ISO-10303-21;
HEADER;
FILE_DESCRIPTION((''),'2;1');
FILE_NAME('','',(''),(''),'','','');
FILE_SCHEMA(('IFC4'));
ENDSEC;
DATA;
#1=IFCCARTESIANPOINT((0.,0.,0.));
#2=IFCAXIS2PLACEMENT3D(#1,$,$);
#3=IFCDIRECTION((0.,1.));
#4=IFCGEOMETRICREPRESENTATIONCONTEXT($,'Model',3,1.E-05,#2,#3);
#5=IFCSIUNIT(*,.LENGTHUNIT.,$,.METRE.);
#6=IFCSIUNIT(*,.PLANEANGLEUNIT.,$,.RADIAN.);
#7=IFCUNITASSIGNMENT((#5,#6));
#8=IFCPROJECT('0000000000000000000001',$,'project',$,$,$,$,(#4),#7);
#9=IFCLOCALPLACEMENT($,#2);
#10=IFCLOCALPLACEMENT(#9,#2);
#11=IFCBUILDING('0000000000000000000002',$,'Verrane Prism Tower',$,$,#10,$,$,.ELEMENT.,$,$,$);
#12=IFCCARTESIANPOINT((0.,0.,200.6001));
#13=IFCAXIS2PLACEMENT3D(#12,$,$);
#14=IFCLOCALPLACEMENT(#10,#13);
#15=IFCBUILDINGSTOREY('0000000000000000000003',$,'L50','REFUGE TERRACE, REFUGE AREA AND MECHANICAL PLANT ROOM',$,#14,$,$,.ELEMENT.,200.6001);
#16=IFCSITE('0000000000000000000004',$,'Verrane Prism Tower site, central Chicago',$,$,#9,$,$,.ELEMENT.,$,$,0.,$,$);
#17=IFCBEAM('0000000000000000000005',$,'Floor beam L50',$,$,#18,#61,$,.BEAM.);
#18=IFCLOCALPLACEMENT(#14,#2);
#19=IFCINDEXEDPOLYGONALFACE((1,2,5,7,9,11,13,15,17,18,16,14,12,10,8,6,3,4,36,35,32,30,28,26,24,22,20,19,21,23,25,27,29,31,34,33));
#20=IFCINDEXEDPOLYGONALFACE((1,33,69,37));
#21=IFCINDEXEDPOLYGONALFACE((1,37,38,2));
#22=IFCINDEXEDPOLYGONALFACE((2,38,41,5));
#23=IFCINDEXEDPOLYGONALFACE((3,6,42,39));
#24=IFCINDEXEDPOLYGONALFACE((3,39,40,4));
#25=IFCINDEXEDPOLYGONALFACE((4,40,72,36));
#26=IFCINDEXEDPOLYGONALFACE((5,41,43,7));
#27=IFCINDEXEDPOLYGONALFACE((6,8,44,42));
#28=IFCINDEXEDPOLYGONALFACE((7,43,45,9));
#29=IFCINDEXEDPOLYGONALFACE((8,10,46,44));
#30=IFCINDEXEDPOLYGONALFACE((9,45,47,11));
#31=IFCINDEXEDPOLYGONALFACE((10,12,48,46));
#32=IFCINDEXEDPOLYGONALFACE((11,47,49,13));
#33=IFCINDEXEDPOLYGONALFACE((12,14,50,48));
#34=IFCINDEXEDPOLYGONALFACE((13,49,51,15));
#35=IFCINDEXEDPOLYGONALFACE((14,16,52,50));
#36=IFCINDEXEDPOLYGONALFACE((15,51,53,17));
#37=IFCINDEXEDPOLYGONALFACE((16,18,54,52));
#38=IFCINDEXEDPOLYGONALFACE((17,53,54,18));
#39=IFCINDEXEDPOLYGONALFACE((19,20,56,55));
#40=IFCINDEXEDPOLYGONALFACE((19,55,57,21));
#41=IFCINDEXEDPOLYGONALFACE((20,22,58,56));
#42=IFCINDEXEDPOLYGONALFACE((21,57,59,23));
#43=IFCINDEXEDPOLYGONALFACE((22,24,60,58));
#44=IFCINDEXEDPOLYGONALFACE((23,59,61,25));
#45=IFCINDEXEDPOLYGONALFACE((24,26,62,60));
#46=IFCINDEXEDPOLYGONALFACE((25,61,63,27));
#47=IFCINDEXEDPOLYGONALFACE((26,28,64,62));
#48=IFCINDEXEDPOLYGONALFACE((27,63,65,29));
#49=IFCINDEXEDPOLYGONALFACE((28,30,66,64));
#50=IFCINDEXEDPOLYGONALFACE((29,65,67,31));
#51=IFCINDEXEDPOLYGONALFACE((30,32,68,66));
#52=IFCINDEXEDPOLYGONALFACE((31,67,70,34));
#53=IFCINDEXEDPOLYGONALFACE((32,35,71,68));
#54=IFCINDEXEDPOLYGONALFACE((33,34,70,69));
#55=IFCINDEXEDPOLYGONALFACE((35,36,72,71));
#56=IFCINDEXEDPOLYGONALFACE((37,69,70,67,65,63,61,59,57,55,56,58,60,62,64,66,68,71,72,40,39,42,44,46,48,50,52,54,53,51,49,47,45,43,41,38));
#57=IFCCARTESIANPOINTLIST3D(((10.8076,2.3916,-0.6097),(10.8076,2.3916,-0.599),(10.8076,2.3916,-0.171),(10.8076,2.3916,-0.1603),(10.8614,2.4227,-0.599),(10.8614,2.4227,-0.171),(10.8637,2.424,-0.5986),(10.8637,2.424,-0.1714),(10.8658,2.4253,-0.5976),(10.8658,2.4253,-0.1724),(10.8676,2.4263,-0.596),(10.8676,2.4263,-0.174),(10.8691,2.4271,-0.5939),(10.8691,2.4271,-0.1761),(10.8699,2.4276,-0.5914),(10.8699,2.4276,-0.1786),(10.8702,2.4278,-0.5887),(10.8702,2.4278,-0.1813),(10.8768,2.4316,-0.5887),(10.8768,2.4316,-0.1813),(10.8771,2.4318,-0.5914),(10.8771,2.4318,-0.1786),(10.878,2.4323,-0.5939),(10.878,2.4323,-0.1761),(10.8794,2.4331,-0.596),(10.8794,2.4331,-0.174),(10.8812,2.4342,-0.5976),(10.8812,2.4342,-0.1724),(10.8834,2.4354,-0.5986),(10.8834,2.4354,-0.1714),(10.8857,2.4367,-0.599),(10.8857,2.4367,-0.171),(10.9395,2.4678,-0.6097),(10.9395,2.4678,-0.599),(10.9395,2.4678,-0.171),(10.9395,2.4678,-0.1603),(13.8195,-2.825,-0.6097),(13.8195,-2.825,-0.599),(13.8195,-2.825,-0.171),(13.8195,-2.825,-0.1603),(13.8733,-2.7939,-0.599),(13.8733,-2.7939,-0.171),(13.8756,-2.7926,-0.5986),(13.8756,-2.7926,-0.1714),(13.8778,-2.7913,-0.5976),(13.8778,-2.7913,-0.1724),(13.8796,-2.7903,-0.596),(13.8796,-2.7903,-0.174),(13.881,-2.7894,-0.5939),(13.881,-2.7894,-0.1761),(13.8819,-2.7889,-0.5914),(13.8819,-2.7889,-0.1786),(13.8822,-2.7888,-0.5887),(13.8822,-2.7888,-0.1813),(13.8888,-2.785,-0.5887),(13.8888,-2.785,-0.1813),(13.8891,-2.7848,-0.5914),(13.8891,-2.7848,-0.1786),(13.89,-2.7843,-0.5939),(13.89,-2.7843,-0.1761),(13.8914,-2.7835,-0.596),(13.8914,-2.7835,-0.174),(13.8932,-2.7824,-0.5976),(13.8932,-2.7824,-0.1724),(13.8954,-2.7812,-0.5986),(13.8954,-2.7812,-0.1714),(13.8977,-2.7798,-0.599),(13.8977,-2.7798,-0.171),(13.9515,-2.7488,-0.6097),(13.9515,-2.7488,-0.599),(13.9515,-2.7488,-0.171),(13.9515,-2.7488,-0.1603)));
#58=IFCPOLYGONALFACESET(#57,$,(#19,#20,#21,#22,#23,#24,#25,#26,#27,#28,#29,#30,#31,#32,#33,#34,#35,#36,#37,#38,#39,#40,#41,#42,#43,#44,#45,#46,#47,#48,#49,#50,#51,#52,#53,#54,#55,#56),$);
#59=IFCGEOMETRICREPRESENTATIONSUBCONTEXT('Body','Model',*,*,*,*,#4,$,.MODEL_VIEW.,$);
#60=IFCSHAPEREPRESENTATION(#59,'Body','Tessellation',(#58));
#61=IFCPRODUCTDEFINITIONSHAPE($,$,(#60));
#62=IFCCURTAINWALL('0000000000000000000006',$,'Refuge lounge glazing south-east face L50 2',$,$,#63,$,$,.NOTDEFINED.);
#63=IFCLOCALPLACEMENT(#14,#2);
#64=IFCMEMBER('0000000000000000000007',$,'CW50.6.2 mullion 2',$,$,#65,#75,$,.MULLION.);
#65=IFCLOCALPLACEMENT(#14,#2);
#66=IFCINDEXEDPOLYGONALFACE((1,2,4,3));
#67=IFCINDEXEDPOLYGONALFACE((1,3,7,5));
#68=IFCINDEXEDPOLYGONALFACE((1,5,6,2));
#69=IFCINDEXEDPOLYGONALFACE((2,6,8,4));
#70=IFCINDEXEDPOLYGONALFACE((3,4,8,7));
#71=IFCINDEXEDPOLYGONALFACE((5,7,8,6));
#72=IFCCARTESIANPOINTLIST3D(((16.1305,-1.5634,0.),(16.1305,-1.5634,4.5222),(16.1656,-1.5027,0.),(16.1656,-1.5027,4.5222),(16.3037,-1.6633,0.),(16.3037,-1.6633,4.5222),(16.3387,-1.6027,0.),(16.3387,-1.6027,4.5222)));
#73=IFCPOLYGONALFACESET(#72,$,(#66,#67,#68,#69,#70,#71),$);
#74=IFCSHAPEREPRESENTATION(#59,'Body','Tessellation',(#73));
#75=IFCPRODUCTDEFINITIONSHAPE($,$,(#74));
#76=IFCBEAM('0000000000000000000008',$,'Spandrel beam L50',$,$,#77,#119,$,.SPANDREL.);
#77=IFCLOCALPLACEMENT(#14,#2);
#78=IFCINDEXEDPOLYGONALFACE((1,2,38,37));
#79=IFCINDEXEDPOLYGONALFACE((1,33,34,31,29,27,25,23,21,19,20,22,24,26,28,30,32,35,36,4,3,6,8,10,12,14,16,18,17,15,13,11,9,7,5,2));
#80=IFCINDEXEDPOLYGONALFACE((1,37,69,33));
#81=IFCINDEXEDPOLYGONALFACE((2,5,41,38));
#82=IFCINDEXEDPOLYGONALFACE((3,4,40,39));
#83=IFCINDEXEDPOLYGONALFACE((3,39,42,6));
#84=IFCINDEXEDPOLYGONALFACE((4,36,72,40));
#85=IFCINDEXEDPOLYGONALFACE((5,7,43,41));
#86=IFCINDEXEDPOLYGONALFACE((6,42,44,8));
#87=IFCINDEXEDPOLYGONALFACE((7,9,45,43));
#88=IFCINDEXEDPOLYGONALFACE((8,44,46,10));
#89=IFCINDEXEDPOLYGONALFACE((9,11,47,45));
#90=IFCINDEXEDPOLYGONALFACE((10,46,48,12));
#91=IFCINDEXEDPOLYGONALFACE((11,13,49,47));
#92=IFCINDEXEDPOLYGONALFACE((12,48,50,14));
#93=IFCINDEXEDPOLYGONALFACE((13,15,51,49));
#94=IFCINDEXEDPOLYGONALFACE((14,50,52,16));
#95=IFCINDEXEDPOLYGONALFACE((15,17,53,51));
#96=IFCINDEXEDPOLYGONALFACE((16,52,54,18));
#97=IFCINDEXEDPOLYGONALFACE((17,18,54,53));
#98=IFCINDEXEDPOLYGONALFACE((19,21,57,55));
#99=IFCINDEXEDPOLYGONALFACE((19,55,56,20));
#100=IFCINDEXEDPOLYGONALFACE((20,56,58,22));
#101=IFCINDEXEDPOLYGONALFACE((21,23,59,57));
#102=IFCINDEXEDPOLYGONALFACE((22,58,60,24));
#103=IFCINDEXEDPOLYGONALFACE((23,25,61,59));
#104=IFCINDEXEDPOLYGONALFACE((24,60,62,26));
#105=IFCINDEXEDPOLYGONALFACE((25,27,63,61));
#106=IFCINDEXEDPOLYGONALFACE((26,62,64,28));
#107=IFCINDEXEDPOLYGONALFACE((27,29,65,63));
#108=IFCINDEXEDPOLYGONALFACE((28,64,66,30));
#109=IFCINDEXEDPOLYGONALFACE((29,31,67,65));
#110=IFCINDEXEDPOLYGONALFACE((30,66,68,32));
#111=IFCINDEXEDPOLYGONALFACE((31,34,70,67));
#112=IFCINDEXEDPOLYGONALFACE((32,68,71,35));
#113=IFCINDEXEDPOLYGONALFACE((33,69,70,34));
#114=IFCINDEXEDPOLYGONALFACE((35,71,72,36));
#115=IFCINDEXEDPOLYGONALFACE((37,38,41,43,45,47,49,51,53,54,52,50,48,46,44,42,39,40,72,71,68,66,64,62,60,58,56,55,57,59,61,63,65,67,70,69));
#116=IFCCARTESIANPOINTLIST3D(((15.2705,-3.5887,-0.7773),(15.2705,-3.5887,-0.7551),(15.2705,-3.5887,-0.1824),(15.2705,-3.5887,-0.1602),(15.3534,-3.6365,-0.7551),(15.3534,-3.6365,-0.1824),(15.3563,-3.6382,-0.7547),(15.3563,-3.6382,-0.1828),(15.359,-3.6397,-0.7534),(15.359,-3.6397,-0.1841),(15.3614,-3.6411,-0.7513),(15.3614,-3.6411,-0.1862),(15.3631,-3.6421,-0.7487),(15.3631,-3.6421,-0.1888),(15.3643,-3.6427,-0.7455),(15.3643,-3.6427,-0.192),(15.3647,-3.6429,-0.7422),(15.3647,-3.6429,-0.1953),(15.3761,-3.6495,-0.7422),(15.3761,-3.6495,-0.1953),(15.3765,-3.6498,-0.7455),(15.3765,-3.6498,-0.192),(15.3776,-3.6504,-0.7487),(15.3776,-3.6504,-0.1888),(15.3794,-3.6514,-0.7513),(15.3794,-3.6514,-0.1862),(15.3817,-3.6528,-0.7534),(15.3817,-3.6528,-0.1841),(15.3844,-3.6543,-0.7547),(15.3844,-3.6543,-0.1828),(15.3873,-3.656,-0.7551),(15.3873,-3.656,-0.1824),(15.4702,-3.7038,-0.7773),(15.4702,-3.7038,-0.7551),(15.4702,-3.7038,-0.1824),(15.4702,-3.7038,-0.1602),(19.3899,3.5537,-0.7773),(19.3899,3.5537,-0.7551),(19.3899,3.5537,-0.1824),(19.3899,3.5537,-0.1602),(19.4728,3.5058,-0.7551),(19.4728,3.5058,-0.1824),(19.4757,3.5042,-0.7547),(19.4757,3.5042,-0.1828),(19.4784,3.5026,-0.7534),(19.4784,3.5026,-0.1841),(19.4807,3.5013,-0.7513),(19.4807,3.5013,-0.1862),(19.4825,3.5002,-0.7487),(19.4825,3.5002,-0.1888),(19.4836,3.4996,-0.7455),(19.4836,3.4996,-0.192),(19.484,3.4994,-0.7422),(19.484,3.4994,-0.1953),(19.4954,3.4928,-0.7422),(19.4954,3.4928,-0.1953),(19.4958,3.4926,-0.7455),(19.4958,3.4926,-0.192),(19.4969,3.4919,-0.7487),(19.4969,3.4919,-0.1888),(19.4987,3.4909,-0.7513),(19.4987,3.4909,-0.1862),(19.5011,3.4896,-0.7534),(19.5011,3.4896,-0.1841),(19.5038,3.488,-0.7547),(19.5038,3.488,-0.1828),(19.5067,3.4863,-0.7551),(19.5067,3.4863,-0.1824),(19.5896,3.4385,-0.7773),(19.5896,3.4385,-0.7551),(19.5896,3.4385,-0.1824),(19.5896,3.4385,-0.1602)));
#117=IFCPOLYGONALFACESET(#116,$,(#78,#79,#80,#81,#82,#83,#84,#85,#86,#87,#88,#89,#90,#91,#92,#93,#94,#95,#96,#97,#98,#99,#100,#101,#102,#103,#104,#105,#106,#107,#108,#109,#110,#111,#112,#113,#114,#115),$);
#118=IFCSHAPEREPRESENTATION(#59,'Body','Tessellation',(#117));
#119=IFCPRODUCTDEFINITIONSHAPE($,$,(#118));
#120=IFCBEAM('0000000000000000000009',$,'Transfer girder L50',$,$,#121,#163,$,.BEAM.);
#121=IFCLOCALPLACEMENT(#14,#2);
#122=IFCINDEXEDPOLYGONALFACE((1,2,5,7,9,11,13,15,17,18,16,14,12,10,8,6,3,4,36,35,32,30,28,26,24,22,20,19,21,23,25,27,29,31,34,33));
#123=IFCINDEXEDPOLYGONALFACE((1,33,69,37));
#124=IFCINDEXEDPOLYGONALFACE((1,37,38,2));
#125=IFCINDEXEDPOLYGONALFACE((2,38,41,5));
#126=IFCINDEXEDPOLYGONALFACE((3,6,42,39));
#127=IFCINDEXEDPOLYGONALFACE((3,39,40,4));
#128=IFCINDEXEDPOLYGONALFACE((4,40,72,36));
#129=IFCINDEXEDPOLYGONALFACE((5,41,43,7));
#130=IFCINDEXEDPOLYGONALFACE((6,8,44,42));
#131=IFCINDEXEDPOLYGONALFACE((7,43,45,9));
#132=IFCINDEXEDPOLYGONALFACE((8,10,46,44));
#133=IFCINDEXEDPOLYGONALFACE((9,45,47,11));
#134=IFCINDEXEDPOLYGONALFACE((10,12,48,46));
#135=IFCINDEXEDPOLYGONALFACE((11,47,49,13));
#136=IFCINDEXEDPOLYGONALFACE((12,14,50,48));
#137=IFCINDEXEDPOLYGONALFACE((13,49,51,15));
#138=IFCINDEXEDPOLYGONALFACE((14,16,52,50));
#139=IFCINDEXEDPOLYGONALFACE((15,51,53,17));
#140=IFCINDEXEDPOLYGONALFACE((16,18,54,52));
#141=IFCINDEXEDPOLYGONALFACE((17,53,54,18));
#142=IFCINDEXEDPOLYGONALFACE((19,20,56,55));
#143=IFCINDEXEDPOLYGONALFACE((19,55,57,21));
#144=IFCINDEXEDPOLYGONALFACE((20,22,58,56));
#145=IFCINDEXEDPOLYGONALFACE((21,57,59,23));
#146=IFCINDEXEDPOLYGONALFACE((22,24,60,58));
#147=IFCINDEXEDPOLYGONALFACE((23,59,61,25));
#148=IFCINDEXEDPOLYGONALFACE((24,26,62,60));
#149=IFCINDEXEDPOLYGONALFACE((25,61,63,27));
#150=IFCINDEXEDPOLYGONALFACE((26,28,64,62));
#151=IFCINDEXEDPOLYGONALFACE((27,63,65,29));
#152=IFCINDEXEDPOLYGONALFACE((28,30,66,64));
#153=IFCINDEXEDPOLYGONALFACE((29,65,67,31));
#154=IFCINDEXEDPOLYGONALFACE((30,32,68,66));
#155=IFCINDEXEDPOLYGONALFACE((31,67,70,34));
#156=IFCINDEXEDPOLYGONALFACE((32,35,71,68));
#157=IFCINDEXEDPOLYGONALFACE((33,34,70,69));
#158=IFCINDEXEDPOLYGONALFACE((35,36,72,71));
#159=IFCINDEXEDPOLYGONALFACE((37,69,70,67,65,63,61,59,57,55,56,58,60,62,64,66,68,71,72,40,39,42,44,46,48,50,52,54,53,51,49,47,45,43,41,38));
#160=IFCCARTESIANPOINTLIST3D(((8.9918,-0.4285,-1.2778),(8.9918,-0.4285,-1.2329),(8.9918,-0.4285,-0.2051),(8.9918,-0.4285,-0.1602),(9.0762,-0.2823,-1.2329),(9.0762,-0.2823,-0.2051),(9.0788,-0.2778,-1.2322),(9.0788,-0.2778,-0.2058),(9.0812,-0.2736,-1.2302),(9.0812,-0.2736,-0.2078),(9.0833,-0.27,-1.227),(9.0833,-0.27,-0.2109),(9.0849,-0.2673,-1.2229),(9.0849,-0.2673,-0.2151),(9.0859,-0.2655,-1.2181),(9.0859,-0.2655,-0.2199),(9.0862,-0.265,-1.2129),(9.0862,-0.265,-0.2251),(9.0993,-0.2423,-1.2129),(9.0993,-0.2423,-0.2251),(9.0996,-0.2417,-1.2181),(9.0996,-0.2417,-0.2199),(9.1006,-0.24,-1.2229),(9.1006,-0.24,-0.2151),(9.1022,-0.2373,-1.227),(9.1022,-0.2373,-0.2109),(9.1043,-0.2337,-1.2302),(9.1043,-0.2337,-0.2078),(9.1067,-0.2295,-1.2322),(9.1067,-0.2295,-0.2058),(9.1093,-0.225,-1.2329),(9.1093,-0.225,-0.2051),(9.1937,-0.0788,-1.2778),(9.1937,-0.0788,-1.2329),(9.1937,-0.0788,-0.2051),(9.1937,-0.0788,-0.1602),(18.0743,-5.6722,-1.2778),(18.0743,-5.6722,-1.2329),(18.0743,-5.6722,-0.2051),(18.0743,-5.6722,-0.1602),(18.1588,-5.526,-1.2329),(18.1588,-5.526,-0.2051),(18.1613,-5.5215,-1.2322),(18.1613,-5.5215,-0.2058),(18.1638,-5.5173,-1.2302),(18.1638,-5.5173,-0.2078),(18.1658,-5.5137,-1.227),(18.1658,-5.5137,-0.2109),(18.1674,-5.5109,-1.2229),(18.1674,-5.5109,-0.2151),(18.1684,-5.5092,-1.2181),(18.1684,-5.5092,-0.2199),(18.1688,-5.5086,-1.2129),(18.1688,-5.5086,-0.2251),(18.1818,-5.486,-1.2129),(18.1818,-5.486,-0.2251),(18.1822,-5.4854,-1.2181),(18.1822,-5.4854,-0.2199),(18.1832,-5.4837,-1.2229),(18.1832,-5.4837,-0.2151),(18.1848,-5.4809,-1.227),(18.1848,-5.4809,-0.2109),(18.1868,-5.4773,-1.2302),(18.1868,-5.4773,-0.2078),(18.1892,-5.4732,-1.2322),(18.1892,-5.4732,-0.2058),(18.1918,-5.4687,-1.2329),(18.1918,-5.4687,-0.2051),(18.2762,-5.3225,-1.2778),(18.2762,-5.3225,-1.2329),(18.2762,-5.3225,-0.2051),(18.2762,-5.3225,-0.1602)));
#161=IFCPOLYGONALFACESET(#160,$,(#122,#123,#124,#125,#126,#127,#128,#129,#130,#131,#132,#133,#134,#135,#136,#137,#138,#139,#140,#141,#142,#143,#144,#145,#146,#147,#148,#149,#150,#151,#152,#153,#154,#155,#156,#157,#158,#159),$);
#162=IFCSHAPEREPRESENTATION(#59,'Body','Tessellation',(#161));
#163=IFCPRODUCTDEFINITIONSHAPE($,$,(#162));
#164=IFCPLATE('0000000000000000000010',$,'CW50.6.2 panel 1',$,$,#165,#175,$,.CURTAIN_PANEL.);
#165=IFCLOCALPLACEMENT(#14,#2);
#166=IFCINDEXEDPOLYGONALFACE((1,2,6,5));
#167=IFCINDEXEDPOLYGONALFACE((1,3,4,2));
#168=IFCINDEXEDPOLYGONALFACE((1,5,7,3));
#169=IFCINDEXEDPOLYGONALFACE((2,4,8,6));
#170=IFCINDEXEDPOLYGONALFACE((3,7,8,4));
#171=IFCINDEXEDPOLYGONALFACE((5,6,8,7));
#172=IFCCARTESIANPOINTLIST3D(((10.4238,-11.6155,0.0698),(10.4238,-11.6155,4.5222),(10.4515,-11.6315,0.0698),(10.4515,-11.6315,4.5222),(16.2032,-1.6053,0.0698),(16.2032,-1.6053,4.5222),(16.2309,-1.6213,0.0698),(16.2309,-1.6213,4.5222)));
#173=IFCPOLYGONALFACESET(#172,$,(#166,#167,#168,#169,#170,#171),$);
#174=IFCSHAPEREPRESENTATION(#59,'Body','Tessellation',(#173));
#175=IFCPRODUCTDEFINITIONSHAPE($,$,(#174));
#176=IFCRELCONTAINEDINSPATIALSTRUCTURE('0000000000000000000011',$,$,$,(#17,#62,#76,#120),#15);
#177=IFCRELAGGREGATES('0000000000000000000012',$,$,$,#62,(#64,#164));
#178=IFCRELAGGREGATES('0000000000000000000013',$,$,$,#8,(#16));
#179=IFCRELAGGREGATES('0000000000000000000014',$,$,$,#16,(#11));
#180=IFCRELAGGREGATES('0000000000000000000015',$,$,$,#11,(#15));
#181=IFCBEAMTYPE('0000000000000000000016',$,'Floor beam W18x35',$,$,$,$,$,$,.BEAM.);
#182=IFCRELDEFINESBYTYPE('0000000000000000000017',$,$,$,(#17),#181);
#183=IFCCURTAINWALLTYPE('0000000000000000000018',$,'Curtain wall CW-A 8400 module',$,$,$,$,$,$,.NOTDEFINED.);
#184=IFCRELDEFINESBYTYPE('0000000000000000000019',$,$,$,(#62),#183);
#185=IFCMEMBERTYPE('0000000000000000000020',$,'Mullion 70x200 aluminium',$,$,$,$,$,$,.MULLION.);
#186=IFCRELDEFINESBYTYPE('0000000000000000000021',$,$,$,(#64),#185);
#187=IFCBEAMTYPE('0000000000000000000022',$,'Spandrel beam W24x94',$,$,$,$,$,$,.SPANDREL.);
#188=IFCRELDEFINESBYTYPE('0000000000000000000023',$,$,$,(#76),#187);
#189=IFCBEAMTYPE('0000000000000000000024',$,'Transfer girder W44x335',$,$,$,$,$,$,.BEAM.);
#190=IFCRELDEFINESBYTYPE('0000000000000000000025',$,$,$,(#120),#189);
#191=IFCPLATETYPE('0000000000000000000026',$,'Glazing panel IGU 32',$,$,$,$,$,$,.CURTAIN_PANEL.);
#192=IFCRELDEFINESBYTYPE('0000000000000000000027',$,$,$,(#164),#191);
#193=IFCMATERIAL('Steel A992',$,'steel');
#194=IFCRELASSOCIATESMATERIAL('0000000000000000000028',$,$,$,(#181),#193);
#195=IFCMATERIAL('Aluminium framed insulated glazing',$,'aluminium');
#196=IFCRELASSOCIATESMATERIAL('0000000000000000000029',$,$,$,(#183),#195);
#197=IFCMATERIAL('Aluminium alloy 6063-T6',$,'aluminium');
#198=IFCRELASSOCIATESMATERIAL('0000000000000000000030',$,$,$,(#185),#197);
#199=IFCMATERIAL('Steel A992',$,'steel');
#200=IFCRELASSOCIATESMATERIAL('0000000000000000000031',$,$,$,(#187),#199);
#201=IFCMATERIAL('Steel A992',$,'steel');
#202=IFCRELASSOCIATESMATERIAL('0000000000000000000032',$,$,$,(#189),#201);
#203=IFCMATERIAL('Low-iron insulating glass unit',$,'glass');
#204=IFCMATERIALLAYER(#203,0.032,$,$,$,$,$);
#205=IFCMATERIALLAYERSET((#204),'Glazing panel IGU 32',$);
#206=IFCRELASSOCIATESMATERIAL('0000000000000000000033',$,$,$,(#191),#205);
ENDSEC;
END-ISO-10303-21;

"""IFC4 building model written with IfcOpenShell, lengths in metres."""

from ifc_helpers import new_model, si_unit, direction, frame, origin, origin_2d, place, context, subcontext, project, spatial, rectangle, i_section, extrude, material, layer, layer_set, material_profile, profile_set, type_object, element, aggregate, save


model = new_model("IFC4")

# Units and contexts
model_context = context("Model", 3, precision=1e-05, world=origin(), true_north=direction((0.0, 1.0)))
body_context = subcontext(model_context, "Body", "Model", "MODEL_VIEW")
ifc_project = project(units=[si_unit("LENGTHUNIT", "METRE"), si_unit("PLANEANGLEUNIT", "RADIAN")], contexts=[model_context])

# Site, building, storey
site_placement = place(None, origin())
site = spatial("IfcSite", under=ifc_project, at=site_placement, Name="Verrane Prism Tower site, central Chicago", CompositionType="ELEMENT", RefElevation=0.0)
building_placement = place(site_placement, origin())
building = spatial("IfcBuilding", under=site, at=building_placement, Name="Verrane Prism Tower", CompositionType="ELEMENT")
storey_placement = place(building_placement, frame((0.0, 0.0, 200.6001)))
storey = spatial("IfcBuildingStorey", under=building, at=storey_placement, Name="L50", Description="REFUGE TERRACE, REFUGE AREA AND MECHANICAL PLANT ROOM", CompositionType="ELEMENT", Elevation=200.6001)

# Beam
ifc_material_1 = material(Name="Steel A992", Category="steel")
ifc_material_profile_1 = material_profile(ifc_material_1, i_section(OverallWidth=0.1523, OverallDepth=0.4495, WebThickness=0.0076, FlangeThickness=0.0107, FilletRadius=0.0103, at=origin_2d()), Name="W18x35")
ifc_profile_set_1 = profile_set([ifc_material_profile_1], Name="Steel A992")
beam_type_1 = type_object("IfcBeamType", Name="Floor beam W18x35", PredefinedType="BEAM", material=ifc_profile_set_1)
beam_1_placement = place(storey_placement, frame((13.8855, -2.7869, -0.385), z_axis=(-0.500023, 0.866012, 0.0), x_axis=(-0.866012, -0.500023, 0.0)))
element("IfcBeam", 1, at=beam_1_placement, inside=storey, type_object=beam_type_1, Name="Floor beam L50", PredefinedType="BEAM", context=body_context, shape_type="SweptSolid", body=[
    extrude(i_section(OverallWidth=0.1523, OverallDepth=0.4495, WebThickness=0.0076, FlangeThickness=0.0107, FilletRadius=0.0103, at=origin_2d()), origin(), (0.0, 0.0, 1.0), 6.0237),
])

# Curtain wall, member
ifc_material_2 = material(Name="Aluminium framed insulated glazing", Category="aluminium")
curtain_wall_type = type_object("IfcCurtainWallType", Name="Curtain wall CW-A 8400 module", PredefinedType="NOTDEFINED", material=ifc_material_2)
curtain_wall_placement = place(storey_placement, origin())
curtain_wall = element("IfcCurtainWall", 2, at=curtain_wall_placement, inside=storey, type_object=curtain_wall_type, Name="Refuge lounge glazing south-east face L50 2", PredefinedType="NOTDEFINED")
ifc_material_3 = material(Name="Aluminium alloy 6063-T6", Category="aluminium")
ifc_material_profile_2 = material_profile(ifc_material_3, rectangle(XDim=0.2, YDim=0.0701, at=origin_2d()), Name="Mullion 70x200 aluminium")
ifc_profile_set_2 = profile_set([ifc_material_profile_2], Name="Aluminium alloy 6063-T6")
member_type_1 = type_object("IfcMemberType", Name="Mullion 70x200 aluminium", PredefinedType="MULLION", material=ifc_profile_set_2)
member_1_placement = place(storey_placement, frame((16.2346, -1.583, 0.0), z_axis=(0.0, 0.0, 1.0), x_axis=(-0.866026, 0.499998, 0.0)))
member_1 = element("IfcMember", 3, at=member_1_placement, type_object=member_type_1, Name="CW50.6.2 mullion 2", PredefinedType="MULLION", context=body_context, shape_type="SweptSolid", body=[
    extrude(rectangle(XDim=0.2, YDim=0.0701, at=origin_2d()), origin(), (0.0, 0.0, 1.0), 4.5222),
])

# Beams
ifc_material_4 = material(Name="Steel A992", Category="steel")
ifc_material_profile_3 = material_profile(ifc_material_4, i_section(OverallWidth=0.2305, OverallDepth=0.6172, WebThickness=0.0132, FlangeThickness=0.0222, FilletRadius=0.0129, at=origin_2d()), Name="W24x94")
ifc_profile_set_3 = profile_set([ifc_material_profile_3], Name="Steel A992")
beam_type_2 = type_object("IfcBeamType", Name="Spandrel beam W24x94", PredefinedType="SPANDREL", material=ifc_profile_set_3)
beam_2_placement = place(storey_placement, frame((15.3704, -3.6462, -0.4688), z_axis=(0.499614, 0.866248, 0.0), x_axis=(-0.866248, 0.499614, 0.0)))
element("IfcBeam", 4, at=beam_2_placement, inside=storey, type_object=beam_type_2, Name="Spandrel beam L50", PredefinedType="SPANDREL", context=body_context, shape_type="SweptSolid", body=[
    extrude(i_section(OverallWidth=0.2305, OverallDepth=0.6172, WebThickness=0.0132, FlangeThickness=0.0222, FilletRadius=0.0129, at=origin_2d()), origin(), (0.0, 0.0, 1.0), 8.2451),
])
ifc_material_5 = material(Name="Steel A992", Category="steel")
ifc_material_profile_4 = material_profile(ifc_material_5, i_section(OverallWidth=0.4038, OverallDepth=1.1177, WebThickness=0.0261, FlangeThickness=0.0449, FilletRadius=0.02, at=origin_2d()), Name="W44x335")
ifc_profile_set_4 = profile_set([ifc_material_profile_4], Name="Steel A992")
beam_type_3 = type_object("IfcBeamType", Name="Transfer girder W44x335", PredefinedType="BEAM", material=ifc_profile_set_4)
beam_3_placement = place(storey_placement, frame((18.1753, -5.4973, -0.719), z_axis=(-0.866031, 0.49999, 0.0), x_axis=(-0.49999, -0.866031, 0.0)))
element("IfcBeam", 5, at=beam_3_placement, inside=storey, type_object=beam_type_3, Name="Transfer girder L50", PredefinedType="BEAM", context=body_context, shape_type="SweptSolid", body=[
    extrude(i_section(OverallWidth=0.4038, OverallDepth=1.1177, WebThickness=0.0261, FlangeThickness=0.0449, FilletRadius=0.02, at=origin_2d()), origin(), (0.0, 0.0, 1.0), 10.4875),
])

# Plate
ifc_material_6 = material(Name="Low-iron insulating glass unit", Category="glass")
ifc_layer_1 = layer(ifc_material_6, 0.032)
ifc_layer_set_1 = layer_set([ifc_layer_1], Name="Glazing panel IGU 32")
plate_type = type_object("IfcPlateType", Name="Glazing panel IGU 32", PredefinedType="CURTAIN_PANEL", material=ifc_layer_set_1)
plate_placement = place(storey_placement, frame((13.3274, -6.6184, 0.0698), z_axis=(0.0, 0.0, 1.0), x_axis=(0.499998, 0.866026, 0.0)))
plate = element("IfcPlate", 6, at=plate_placement, type_object=plate_type, Name="CW50.6.2 panel 1", PredefinedType="CURTAIN_PANEL", context=body_context, shape_type="SweptSolid", body=[
    extrude(rectangle(XDim=11.5588, YDim=0.032, at=origin_2d()), origin(), (0.0, 0.0, 1.0), 4.4524),
])
aggregate(curtain_wall, [member_1, plate])

save(model, "model.ifc")
